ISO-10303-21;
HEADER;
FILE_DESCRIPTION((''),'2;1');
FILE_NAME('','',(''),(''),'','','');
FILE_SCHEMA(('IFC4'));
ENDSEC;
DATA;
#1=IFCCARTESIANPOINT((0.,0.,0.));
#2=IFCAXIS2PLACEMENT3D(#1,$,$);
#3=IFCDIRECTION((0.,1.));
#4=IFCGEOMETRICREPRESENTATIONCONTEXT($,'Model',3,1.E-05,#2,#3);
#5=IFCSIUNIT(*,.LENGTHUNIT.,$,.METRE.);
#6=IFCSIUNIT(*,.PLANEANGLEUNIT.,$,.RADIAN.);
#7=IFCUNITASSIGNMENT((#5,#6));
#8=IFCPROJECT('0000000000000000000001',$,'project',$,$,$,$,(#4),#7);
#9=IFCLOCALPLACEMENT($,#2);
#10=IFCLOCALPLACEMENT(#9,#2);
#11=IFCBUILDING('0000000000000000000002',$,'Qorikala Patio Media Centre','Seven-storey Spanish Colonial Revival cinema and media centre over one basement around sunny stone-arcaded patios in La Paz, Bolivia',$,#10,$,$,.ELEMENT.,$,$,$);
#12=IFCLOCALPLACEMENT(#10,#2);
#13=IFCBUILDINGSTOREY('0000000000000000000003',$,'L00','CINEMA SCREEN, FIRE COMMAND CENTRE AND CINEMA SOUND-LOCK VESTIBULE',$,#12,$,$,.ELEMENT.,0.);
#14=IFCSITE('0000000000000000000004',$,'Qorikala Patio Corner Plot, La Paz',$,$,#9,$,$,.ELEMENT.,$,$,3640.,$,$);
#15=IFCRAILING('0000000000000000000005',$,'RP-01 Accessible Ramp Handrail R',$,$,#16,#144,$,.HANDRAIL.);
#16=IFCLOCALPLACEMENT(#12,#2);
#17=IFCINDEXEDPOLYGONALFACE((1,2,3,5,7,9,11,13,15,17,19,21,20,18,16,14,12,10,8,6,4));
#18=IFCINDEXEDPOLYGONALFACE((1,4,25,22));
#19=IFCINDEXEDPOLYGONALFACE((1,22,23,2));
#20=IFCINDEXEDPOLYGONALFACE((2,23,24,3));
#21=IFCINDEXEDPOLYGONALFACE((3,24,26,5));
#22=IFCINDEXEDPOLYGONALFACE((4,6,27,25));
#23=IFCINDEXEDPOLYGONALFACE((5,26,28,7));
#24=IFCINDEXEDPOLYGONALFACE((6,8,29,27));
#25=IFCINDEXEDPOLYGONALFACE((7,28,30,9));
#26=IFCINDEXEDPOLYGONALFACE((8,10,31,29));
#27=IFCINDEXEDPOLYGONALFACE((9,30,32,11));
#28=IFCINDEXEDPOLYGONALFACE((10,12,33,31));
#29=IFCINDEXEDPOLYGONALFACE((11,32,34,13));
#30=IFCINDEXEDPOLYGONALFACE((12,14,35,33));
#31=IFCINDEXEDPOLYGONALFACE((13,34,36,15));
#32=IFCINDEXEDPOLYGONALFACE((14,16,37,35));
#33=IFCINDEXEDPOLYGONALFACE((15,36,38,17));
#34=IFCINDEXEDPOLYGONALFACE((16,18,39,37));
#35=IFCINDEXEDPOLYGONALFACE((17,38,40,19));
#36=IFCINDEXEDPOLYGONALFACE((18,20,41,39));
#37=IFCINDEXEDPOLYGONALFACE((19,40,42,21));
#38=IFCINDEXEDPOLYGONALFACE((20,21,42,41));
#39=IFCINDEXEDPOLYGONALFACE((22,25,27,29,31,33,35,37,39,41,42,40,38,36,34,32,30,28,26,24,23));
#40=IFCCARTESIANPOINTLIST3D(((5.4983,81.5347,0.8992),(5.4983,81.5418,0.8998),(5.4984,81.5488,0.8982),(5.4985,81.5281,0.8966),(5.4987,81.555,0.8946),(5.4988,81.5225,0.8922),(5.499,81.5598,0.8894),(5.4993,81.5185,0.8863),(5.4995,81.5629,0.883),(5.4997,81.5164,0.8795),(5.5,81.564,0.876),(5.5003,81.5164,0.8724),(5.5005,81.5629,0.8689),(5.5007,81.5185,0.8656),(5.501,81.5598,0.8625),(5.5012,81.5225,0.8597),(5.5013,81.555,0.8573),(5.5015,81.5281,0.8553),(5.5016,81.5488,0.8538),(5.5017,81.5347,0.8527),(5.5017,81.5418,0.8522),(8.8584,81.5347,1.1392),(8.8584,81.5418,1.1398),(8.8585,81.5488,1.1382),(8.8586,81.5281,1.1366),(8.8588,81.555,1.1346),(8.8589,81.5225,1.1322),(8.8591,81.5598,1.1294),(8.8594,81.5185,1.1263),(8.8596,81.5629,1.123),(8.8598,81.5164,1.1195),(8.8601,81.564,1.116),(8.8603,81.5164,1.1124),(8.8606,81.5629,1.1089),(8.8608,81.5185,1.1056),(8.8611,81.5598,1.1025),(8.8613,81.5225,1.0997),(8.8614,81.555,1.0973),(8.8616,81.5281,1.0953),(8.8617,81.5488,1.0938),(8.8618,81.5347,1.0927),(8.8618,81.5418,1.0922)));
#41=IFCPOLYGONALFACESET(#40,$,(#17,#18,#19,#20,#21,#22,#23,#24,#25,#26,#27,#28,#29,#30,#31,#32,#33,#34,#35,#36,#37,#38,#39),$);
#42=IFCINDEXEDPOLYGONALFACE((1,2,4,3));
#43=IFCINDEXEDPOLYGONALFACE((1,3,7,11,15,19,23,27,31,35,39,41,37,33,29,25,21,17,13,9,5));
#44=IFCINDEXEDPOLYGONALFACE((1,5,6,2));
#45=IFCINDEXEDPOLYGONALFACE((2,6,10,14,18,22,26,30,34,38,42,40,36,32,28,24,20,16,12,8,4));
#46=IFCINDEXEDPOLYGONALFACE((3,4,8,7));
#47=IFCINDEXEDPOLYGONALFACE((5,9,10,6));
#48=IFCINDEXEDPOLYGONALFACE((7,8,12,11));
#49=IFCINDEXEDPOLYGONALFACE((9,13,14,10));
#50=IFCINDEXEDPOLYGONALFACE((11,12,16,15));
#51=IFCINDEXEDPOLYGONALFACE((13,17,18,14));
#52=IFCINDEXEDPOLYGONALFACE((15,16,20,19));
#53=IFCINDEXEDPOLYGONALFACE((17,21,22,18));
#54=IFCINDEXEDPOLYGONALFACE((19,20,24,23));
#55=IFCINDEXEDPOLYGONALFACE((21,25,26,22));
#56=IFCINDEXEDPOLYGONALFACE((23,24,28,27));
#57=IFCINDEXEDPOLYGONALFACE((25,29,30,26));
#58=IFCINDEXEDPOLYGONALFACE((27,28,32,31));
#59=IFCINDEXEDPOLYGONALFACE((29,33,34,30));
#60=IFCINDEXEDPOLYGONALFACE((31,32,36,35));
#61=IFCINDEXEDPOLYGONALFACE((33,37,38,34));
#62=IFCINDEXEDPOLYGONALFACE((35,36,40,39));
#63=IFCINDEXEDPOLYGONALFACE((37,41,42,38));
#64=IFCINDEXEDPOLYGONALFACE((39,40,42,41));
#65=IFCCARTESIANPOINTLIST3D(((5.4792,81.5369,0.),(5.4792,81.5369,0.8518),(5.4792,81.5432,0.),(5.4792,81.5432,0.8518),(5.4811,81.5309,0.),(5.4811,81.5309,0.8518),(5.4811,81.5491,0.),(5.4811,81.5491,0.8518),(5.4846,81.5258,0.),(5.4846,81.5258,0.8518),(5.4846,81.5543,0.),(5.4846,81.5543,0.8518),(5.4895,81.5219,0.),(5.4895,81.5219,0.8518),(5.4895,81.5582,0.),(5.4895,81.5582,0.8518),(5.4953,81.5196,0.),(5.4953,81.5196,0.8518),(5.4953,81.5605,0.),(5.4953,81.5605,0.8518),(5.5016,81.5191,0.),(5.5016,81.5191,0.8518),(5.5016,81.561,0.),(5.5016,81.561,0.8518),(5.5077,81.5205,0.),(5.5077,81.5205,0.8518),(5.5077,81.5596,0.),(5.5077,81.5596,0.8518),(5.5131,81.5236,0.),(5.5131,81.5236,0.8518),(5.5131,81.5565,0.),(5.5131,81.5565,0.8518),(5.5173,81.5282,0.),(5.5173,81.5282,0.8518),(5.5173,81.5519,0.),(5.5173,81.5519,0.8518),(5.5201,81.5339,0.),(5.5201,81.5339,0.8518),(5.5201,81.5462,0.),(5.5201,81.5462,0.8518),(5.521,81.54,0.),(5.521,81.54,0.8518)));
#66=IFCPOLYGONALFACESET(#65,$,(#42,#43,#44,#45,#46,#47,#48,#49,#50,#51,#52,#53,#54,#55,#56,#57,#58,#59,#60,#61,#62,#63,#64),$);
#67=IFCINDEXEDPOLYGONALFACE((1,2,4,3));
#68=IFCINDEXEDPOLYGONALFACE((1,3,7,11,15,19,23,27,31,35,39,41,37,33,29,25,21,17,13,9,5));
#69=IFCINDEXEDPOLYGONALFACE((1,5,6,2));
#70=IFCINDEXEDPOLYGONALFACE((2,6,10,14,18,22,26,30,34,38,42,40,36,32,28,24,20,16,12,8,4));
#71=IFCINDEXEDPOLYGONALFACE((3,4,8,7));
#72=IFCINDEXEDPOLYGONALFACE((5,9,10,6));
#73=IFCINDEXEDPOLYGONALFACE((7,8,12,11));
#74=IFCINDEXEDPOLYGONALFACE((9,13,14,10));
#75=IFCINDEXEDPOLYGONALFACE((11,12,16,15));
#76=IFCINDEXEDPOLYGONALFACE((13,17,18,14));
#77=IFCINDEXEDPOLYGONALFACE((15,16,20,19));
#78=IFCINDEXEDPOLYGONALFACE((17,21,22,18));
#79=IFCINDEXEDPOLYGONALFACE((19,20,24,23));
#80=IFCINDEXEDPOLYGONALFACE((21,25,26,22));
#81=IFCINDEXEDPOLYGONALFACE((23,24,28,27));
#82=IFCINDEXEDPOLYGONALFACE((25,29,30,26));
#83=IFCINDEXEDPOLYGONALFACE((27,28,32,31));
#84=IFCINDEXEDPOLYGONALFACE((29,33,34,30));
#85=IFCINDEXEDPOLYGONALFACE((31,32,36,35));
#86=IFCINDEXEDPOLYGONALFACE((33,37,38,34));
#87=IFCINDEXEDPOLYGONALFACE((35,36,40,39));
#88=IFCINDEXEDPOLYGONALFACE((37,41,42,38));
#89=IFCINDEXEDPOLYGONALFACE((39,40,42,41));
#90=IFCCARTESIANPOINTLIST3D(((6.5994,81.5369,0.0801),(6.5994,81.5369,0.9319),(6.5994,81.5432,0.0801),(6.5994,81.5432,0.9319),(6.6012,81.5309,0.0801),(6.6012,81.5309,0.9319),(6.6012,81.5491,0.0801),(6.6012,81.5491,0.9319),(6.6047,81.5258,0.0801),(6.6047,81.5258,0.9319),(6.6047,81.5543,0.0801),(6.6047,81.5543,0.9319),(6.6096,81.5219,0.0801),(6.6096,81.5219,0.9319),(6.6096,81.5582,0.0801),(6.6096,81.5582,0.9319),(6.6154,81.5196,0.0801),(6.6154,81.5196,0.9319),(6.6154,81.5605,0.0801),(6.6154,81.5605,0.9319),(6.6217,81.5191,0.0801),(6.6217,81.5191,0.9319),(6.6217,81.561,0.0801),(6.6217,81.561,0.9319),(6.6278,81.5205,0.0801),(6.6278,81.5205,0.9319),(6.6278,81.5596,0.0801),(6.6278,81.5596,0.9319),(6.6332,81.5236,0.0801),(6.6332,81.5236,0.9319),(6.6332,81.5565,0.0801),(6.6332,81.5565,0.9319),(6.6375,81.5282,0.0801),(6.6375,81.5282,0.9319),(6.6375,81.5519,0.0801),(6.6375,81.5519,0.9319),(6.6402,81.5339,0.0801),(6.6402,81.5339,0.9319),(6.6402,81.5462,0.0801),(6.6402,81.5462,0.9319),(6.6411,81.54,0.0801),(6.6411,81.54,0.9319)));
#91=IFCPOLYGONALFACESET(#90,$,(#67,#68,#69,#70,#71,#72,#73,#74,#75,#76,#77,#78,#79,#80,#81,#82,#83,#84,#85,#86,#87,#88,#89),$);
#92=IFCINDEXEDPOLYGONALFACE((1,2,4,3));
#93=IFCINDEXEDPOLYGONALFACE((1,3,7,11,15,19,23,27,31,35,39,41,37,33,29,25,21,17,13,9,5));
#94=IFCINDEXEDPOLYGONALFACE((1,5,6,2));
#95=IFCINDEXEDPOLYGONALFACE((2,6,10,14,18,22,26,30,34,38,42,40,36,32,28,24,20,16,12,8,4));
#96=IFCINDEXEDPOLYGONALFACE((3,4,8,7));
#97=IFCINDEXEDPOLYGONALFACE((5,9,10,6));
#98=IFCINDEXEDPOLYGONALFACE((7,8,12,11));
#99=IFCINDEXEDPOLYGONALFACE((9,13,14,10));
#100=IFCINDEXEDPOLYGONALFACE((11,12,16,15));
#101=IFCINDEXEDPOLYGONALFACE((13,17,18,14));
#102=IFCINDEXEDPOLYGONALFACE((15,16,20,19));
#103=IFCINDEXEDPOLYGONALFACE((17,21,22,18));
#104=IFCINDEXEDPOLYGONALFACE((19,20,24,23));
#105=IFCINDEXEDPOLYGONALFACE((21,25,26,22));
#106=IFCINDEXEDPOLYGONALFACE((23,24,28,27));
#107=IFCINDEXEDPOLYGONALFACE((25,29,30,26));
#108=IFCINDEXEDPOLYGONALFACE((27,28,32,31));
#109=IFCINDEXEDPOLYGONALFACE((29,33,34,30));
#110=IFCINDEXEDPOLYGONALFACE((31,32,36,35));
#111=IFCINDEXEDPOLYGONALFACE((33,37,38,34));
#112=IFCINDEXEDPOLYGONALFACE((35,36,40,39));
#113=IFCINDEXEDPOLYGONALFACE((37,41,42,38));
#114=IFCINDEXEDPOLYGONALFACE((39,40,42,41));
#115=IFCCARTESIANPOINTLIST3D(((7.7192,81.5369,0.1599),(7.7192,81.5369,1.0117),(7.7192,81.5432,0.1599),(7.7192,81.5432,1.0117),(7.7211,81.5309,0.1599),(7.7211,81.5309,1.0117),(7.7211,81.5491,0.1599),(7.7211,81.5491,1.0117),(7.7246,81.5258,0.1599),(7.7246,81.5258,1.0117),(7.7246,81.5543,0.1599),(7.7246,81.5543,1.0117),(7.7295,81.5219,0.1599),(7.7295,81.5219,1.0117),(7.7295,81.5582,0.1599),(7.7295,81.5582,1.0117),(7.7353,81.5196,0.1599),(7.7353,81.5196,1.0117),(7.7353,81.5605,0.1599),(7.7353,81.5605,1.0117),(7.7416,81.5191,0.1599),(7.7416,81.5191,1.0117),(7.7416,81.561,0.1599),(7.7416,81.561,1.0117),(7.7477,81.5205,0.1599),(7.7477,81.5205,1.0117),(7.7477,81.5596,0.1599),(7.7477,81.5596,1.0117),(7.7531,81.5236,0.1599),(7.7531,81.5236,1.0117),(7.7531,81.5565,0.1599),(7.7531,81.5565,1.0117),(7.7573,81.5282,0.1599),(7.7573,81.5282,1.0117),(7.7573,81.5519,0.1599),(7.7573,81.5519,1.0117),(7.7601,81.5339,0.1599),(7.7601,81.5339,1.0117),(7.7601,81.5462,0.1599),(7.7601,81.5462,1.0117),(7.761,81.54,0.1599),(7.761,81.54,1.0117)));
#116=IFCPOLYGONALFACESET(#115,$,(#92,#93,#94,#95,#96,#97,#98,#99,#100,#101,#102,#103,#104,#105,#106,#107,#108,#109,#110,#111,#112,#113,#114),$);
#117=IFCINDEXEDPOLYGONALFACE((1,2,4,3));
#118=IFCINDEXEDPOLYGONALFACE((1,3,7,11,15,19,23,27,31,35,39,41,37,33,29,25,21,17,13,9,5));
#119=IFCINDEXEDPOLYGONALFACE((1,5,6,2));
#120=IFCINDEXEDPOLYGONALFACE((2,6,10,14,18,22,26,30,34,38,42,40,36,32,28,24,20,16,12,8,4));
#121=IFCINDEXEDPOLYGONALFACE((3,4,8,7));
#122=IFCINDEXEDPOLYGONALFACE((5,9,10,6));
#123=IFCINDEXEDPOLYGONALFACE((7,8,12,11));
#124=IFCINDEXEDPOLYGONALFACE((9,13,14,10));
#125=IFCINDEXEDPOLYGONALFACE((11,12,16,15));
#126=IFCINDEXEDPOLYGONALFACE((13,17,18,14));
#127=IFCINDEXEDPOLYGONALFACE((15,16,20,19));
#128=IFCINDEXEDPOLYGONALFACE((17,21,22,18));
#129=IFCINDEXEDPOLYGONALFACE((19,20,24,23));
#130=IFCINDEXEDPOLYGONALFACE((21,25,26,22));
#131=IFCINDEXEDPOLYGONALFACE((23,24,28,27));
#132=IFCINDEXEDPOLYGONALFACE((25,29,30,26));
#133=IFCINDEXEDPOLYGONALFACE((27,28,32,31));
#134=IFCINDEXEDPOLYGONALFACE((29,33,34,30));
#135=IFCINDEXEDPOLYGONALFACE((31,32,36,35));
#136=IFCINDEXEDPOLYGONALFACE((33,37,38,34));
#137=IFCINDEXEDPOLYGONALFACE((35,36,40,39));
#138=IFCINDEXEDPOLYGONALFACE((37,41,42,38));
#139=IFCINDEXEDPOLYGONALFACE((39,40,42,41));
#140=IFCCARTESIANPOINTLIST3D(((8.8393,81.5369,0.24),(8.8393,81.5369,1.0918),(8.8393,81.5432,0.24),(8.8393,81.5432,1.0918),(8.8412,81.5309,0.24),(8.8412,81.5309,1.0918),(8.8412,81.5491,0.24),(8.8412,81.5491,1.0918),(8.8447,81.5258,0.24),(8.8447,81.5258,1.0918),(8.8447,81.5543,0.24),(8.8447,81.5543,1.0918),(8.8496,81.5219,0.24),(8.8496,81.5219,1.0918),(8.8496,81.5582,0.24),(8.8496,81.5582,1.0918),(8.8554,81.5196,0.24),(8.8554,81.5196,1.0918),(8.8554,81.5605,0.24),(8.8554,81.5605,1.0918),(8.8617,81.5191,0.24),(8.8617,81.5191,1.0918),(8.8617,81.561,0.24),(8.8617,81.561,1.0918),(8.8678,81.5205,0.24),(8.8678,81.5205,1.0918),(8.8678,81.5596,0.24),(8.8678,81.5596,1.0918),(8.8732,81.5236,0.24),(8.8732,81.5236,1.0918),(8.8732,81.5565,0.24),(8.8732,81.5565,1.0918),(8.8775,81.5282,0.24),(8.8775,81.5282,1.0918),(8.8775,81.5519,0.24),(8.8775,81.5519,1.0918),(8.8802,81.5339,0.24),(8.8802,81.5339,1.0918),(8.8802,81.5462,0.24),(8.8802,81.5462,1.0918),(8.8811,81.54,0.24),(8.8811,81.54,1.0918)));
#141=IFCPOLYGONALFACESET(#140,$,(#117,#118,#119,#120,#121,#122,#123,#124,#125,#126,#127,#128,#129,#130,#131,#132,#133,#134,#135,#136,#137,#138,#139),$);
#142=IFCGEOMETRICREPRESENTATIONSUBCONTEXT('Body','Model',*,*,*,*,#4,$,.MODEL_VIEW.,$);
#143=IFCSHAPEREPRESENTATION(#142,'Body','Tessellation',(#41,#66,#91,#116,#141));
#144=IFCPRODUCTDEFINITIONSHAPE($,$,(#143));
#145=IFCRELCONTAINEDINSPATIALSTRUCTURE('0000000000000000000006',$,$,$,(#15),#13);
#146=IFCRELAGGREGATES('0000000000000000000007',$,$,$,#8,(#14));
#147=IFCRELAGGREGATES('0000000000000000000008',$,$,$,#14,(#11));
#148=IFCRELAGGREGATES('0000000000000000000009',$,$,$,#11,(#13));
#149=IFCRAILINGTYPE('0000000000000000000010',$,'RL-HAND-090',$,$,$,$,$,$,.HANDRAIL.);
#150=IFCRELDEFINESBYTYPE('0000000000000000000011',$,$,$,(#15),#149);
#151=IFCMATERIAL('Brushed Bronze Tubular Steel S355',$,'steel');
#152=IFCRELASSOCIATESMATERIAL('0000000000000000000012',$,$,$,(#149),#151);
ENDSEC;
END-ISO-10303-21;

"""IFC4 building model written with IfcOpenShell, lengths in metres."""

from ifc_helpers import new_model, si_unit, direction, frame, origin, origin_2d, place, context, subcontext, project, spatial, circle, extrude, material, type_object, element, save


model = new_model("IFC4")

# Units and contexts
model_context = context("Model", 3, precision=1e-05, world=origin(), true_north=direction((0.0, 1.0)))
body_context = subcontext(model_context, "Body", "Model", "MODEL_VIEW")
ifc_project = project(units=[si_unit("LENGTHUNIT", "METRE"), si_unit("PLANEANGLEUNIT", "RADIAN")], contexts=[model_context])

# Site, building, storey
site_placement = place(None, origin())
site = spatial("IfcSite", under=ifc_project, at=site_placement, Name="Qorikala Patio Corner Plot, La Paz", CompositionType="ELEMENT", RefElevation=3640.0)
building_placement = place(site_placement, origin())
building = spatial("IfcBuilding", under=site, at=building_placement, Name="Qorikala Patio Media Centre", Description="Seven-storey Spanish Colonial Revival cinema and media centre over one basement around sunny stone-arcaded patios in La Paz, Bolivia", CompositionType="ELEMENT")
storey_placement = place(building_placement, origin())
storey = spatial("IfcBuildingStorey", under=building, at=storey_placement, Name="L00", Description="CINEMA SCREEN, FIRE COMMAND CENTRE AND CINEMA SOUND-LOCK VESTIBULE", CompositionType="ELEMENT", Elevation=0.0)

# Railing
ifc_material_1 = material(Name="Brushed Bronze Tubular Steel S355", Category="steel")
railing_type = type_object("IfcRailingType", Name="RL-HAND-090", PredefinedType="HANDRAIL", material=ifc_material_1)
for number, where, name in (
    (1, (5.5, 81.54, 0.0), "RP-01 Accessible Ramp Handrail R"),
):
    element("IfcRailing", number, at=place(storey_placement, frame(where)), inside=storey, type_object=railing_type, Name=name, PredefinedType="HANDRAIL", context=body_context, shape_type="SweptSolid", body=[
        extrude(circle(Radius=0.0239, at=origin_2d()), frame((0.0, 0.0, 0.876), z_axis=(0.997459, 0.0, 0.071242), x_axis=(0.0, 1.0, 0.0)), (0.0, 0.0, 1.0), 3.3687),
        extrude(circle(Radius=0.021, at=origin_2d()), origin(), (0.0, 0.0, 1.0), 0.8518),
        extrude(circle(Radius=0.021, at=origin_2d()), frame((1.1201, 0.0, 0.0801)), (0.0, 0.0, 1.0), 0.8518),
        extrude(circle(Radius=0.021, at=origin_2d()), frame((2.24, 0.0, 0.1599)), (0.0, 0.0, 1.0), 0.8518),
        extrude(circle(Radius=0.021, at=origin_2d()), frame((3.3601, 0.0, 0.24)), (0.0, 0.0, 1.0), 0.8518),
    ])

save(model, "model.ifc")
